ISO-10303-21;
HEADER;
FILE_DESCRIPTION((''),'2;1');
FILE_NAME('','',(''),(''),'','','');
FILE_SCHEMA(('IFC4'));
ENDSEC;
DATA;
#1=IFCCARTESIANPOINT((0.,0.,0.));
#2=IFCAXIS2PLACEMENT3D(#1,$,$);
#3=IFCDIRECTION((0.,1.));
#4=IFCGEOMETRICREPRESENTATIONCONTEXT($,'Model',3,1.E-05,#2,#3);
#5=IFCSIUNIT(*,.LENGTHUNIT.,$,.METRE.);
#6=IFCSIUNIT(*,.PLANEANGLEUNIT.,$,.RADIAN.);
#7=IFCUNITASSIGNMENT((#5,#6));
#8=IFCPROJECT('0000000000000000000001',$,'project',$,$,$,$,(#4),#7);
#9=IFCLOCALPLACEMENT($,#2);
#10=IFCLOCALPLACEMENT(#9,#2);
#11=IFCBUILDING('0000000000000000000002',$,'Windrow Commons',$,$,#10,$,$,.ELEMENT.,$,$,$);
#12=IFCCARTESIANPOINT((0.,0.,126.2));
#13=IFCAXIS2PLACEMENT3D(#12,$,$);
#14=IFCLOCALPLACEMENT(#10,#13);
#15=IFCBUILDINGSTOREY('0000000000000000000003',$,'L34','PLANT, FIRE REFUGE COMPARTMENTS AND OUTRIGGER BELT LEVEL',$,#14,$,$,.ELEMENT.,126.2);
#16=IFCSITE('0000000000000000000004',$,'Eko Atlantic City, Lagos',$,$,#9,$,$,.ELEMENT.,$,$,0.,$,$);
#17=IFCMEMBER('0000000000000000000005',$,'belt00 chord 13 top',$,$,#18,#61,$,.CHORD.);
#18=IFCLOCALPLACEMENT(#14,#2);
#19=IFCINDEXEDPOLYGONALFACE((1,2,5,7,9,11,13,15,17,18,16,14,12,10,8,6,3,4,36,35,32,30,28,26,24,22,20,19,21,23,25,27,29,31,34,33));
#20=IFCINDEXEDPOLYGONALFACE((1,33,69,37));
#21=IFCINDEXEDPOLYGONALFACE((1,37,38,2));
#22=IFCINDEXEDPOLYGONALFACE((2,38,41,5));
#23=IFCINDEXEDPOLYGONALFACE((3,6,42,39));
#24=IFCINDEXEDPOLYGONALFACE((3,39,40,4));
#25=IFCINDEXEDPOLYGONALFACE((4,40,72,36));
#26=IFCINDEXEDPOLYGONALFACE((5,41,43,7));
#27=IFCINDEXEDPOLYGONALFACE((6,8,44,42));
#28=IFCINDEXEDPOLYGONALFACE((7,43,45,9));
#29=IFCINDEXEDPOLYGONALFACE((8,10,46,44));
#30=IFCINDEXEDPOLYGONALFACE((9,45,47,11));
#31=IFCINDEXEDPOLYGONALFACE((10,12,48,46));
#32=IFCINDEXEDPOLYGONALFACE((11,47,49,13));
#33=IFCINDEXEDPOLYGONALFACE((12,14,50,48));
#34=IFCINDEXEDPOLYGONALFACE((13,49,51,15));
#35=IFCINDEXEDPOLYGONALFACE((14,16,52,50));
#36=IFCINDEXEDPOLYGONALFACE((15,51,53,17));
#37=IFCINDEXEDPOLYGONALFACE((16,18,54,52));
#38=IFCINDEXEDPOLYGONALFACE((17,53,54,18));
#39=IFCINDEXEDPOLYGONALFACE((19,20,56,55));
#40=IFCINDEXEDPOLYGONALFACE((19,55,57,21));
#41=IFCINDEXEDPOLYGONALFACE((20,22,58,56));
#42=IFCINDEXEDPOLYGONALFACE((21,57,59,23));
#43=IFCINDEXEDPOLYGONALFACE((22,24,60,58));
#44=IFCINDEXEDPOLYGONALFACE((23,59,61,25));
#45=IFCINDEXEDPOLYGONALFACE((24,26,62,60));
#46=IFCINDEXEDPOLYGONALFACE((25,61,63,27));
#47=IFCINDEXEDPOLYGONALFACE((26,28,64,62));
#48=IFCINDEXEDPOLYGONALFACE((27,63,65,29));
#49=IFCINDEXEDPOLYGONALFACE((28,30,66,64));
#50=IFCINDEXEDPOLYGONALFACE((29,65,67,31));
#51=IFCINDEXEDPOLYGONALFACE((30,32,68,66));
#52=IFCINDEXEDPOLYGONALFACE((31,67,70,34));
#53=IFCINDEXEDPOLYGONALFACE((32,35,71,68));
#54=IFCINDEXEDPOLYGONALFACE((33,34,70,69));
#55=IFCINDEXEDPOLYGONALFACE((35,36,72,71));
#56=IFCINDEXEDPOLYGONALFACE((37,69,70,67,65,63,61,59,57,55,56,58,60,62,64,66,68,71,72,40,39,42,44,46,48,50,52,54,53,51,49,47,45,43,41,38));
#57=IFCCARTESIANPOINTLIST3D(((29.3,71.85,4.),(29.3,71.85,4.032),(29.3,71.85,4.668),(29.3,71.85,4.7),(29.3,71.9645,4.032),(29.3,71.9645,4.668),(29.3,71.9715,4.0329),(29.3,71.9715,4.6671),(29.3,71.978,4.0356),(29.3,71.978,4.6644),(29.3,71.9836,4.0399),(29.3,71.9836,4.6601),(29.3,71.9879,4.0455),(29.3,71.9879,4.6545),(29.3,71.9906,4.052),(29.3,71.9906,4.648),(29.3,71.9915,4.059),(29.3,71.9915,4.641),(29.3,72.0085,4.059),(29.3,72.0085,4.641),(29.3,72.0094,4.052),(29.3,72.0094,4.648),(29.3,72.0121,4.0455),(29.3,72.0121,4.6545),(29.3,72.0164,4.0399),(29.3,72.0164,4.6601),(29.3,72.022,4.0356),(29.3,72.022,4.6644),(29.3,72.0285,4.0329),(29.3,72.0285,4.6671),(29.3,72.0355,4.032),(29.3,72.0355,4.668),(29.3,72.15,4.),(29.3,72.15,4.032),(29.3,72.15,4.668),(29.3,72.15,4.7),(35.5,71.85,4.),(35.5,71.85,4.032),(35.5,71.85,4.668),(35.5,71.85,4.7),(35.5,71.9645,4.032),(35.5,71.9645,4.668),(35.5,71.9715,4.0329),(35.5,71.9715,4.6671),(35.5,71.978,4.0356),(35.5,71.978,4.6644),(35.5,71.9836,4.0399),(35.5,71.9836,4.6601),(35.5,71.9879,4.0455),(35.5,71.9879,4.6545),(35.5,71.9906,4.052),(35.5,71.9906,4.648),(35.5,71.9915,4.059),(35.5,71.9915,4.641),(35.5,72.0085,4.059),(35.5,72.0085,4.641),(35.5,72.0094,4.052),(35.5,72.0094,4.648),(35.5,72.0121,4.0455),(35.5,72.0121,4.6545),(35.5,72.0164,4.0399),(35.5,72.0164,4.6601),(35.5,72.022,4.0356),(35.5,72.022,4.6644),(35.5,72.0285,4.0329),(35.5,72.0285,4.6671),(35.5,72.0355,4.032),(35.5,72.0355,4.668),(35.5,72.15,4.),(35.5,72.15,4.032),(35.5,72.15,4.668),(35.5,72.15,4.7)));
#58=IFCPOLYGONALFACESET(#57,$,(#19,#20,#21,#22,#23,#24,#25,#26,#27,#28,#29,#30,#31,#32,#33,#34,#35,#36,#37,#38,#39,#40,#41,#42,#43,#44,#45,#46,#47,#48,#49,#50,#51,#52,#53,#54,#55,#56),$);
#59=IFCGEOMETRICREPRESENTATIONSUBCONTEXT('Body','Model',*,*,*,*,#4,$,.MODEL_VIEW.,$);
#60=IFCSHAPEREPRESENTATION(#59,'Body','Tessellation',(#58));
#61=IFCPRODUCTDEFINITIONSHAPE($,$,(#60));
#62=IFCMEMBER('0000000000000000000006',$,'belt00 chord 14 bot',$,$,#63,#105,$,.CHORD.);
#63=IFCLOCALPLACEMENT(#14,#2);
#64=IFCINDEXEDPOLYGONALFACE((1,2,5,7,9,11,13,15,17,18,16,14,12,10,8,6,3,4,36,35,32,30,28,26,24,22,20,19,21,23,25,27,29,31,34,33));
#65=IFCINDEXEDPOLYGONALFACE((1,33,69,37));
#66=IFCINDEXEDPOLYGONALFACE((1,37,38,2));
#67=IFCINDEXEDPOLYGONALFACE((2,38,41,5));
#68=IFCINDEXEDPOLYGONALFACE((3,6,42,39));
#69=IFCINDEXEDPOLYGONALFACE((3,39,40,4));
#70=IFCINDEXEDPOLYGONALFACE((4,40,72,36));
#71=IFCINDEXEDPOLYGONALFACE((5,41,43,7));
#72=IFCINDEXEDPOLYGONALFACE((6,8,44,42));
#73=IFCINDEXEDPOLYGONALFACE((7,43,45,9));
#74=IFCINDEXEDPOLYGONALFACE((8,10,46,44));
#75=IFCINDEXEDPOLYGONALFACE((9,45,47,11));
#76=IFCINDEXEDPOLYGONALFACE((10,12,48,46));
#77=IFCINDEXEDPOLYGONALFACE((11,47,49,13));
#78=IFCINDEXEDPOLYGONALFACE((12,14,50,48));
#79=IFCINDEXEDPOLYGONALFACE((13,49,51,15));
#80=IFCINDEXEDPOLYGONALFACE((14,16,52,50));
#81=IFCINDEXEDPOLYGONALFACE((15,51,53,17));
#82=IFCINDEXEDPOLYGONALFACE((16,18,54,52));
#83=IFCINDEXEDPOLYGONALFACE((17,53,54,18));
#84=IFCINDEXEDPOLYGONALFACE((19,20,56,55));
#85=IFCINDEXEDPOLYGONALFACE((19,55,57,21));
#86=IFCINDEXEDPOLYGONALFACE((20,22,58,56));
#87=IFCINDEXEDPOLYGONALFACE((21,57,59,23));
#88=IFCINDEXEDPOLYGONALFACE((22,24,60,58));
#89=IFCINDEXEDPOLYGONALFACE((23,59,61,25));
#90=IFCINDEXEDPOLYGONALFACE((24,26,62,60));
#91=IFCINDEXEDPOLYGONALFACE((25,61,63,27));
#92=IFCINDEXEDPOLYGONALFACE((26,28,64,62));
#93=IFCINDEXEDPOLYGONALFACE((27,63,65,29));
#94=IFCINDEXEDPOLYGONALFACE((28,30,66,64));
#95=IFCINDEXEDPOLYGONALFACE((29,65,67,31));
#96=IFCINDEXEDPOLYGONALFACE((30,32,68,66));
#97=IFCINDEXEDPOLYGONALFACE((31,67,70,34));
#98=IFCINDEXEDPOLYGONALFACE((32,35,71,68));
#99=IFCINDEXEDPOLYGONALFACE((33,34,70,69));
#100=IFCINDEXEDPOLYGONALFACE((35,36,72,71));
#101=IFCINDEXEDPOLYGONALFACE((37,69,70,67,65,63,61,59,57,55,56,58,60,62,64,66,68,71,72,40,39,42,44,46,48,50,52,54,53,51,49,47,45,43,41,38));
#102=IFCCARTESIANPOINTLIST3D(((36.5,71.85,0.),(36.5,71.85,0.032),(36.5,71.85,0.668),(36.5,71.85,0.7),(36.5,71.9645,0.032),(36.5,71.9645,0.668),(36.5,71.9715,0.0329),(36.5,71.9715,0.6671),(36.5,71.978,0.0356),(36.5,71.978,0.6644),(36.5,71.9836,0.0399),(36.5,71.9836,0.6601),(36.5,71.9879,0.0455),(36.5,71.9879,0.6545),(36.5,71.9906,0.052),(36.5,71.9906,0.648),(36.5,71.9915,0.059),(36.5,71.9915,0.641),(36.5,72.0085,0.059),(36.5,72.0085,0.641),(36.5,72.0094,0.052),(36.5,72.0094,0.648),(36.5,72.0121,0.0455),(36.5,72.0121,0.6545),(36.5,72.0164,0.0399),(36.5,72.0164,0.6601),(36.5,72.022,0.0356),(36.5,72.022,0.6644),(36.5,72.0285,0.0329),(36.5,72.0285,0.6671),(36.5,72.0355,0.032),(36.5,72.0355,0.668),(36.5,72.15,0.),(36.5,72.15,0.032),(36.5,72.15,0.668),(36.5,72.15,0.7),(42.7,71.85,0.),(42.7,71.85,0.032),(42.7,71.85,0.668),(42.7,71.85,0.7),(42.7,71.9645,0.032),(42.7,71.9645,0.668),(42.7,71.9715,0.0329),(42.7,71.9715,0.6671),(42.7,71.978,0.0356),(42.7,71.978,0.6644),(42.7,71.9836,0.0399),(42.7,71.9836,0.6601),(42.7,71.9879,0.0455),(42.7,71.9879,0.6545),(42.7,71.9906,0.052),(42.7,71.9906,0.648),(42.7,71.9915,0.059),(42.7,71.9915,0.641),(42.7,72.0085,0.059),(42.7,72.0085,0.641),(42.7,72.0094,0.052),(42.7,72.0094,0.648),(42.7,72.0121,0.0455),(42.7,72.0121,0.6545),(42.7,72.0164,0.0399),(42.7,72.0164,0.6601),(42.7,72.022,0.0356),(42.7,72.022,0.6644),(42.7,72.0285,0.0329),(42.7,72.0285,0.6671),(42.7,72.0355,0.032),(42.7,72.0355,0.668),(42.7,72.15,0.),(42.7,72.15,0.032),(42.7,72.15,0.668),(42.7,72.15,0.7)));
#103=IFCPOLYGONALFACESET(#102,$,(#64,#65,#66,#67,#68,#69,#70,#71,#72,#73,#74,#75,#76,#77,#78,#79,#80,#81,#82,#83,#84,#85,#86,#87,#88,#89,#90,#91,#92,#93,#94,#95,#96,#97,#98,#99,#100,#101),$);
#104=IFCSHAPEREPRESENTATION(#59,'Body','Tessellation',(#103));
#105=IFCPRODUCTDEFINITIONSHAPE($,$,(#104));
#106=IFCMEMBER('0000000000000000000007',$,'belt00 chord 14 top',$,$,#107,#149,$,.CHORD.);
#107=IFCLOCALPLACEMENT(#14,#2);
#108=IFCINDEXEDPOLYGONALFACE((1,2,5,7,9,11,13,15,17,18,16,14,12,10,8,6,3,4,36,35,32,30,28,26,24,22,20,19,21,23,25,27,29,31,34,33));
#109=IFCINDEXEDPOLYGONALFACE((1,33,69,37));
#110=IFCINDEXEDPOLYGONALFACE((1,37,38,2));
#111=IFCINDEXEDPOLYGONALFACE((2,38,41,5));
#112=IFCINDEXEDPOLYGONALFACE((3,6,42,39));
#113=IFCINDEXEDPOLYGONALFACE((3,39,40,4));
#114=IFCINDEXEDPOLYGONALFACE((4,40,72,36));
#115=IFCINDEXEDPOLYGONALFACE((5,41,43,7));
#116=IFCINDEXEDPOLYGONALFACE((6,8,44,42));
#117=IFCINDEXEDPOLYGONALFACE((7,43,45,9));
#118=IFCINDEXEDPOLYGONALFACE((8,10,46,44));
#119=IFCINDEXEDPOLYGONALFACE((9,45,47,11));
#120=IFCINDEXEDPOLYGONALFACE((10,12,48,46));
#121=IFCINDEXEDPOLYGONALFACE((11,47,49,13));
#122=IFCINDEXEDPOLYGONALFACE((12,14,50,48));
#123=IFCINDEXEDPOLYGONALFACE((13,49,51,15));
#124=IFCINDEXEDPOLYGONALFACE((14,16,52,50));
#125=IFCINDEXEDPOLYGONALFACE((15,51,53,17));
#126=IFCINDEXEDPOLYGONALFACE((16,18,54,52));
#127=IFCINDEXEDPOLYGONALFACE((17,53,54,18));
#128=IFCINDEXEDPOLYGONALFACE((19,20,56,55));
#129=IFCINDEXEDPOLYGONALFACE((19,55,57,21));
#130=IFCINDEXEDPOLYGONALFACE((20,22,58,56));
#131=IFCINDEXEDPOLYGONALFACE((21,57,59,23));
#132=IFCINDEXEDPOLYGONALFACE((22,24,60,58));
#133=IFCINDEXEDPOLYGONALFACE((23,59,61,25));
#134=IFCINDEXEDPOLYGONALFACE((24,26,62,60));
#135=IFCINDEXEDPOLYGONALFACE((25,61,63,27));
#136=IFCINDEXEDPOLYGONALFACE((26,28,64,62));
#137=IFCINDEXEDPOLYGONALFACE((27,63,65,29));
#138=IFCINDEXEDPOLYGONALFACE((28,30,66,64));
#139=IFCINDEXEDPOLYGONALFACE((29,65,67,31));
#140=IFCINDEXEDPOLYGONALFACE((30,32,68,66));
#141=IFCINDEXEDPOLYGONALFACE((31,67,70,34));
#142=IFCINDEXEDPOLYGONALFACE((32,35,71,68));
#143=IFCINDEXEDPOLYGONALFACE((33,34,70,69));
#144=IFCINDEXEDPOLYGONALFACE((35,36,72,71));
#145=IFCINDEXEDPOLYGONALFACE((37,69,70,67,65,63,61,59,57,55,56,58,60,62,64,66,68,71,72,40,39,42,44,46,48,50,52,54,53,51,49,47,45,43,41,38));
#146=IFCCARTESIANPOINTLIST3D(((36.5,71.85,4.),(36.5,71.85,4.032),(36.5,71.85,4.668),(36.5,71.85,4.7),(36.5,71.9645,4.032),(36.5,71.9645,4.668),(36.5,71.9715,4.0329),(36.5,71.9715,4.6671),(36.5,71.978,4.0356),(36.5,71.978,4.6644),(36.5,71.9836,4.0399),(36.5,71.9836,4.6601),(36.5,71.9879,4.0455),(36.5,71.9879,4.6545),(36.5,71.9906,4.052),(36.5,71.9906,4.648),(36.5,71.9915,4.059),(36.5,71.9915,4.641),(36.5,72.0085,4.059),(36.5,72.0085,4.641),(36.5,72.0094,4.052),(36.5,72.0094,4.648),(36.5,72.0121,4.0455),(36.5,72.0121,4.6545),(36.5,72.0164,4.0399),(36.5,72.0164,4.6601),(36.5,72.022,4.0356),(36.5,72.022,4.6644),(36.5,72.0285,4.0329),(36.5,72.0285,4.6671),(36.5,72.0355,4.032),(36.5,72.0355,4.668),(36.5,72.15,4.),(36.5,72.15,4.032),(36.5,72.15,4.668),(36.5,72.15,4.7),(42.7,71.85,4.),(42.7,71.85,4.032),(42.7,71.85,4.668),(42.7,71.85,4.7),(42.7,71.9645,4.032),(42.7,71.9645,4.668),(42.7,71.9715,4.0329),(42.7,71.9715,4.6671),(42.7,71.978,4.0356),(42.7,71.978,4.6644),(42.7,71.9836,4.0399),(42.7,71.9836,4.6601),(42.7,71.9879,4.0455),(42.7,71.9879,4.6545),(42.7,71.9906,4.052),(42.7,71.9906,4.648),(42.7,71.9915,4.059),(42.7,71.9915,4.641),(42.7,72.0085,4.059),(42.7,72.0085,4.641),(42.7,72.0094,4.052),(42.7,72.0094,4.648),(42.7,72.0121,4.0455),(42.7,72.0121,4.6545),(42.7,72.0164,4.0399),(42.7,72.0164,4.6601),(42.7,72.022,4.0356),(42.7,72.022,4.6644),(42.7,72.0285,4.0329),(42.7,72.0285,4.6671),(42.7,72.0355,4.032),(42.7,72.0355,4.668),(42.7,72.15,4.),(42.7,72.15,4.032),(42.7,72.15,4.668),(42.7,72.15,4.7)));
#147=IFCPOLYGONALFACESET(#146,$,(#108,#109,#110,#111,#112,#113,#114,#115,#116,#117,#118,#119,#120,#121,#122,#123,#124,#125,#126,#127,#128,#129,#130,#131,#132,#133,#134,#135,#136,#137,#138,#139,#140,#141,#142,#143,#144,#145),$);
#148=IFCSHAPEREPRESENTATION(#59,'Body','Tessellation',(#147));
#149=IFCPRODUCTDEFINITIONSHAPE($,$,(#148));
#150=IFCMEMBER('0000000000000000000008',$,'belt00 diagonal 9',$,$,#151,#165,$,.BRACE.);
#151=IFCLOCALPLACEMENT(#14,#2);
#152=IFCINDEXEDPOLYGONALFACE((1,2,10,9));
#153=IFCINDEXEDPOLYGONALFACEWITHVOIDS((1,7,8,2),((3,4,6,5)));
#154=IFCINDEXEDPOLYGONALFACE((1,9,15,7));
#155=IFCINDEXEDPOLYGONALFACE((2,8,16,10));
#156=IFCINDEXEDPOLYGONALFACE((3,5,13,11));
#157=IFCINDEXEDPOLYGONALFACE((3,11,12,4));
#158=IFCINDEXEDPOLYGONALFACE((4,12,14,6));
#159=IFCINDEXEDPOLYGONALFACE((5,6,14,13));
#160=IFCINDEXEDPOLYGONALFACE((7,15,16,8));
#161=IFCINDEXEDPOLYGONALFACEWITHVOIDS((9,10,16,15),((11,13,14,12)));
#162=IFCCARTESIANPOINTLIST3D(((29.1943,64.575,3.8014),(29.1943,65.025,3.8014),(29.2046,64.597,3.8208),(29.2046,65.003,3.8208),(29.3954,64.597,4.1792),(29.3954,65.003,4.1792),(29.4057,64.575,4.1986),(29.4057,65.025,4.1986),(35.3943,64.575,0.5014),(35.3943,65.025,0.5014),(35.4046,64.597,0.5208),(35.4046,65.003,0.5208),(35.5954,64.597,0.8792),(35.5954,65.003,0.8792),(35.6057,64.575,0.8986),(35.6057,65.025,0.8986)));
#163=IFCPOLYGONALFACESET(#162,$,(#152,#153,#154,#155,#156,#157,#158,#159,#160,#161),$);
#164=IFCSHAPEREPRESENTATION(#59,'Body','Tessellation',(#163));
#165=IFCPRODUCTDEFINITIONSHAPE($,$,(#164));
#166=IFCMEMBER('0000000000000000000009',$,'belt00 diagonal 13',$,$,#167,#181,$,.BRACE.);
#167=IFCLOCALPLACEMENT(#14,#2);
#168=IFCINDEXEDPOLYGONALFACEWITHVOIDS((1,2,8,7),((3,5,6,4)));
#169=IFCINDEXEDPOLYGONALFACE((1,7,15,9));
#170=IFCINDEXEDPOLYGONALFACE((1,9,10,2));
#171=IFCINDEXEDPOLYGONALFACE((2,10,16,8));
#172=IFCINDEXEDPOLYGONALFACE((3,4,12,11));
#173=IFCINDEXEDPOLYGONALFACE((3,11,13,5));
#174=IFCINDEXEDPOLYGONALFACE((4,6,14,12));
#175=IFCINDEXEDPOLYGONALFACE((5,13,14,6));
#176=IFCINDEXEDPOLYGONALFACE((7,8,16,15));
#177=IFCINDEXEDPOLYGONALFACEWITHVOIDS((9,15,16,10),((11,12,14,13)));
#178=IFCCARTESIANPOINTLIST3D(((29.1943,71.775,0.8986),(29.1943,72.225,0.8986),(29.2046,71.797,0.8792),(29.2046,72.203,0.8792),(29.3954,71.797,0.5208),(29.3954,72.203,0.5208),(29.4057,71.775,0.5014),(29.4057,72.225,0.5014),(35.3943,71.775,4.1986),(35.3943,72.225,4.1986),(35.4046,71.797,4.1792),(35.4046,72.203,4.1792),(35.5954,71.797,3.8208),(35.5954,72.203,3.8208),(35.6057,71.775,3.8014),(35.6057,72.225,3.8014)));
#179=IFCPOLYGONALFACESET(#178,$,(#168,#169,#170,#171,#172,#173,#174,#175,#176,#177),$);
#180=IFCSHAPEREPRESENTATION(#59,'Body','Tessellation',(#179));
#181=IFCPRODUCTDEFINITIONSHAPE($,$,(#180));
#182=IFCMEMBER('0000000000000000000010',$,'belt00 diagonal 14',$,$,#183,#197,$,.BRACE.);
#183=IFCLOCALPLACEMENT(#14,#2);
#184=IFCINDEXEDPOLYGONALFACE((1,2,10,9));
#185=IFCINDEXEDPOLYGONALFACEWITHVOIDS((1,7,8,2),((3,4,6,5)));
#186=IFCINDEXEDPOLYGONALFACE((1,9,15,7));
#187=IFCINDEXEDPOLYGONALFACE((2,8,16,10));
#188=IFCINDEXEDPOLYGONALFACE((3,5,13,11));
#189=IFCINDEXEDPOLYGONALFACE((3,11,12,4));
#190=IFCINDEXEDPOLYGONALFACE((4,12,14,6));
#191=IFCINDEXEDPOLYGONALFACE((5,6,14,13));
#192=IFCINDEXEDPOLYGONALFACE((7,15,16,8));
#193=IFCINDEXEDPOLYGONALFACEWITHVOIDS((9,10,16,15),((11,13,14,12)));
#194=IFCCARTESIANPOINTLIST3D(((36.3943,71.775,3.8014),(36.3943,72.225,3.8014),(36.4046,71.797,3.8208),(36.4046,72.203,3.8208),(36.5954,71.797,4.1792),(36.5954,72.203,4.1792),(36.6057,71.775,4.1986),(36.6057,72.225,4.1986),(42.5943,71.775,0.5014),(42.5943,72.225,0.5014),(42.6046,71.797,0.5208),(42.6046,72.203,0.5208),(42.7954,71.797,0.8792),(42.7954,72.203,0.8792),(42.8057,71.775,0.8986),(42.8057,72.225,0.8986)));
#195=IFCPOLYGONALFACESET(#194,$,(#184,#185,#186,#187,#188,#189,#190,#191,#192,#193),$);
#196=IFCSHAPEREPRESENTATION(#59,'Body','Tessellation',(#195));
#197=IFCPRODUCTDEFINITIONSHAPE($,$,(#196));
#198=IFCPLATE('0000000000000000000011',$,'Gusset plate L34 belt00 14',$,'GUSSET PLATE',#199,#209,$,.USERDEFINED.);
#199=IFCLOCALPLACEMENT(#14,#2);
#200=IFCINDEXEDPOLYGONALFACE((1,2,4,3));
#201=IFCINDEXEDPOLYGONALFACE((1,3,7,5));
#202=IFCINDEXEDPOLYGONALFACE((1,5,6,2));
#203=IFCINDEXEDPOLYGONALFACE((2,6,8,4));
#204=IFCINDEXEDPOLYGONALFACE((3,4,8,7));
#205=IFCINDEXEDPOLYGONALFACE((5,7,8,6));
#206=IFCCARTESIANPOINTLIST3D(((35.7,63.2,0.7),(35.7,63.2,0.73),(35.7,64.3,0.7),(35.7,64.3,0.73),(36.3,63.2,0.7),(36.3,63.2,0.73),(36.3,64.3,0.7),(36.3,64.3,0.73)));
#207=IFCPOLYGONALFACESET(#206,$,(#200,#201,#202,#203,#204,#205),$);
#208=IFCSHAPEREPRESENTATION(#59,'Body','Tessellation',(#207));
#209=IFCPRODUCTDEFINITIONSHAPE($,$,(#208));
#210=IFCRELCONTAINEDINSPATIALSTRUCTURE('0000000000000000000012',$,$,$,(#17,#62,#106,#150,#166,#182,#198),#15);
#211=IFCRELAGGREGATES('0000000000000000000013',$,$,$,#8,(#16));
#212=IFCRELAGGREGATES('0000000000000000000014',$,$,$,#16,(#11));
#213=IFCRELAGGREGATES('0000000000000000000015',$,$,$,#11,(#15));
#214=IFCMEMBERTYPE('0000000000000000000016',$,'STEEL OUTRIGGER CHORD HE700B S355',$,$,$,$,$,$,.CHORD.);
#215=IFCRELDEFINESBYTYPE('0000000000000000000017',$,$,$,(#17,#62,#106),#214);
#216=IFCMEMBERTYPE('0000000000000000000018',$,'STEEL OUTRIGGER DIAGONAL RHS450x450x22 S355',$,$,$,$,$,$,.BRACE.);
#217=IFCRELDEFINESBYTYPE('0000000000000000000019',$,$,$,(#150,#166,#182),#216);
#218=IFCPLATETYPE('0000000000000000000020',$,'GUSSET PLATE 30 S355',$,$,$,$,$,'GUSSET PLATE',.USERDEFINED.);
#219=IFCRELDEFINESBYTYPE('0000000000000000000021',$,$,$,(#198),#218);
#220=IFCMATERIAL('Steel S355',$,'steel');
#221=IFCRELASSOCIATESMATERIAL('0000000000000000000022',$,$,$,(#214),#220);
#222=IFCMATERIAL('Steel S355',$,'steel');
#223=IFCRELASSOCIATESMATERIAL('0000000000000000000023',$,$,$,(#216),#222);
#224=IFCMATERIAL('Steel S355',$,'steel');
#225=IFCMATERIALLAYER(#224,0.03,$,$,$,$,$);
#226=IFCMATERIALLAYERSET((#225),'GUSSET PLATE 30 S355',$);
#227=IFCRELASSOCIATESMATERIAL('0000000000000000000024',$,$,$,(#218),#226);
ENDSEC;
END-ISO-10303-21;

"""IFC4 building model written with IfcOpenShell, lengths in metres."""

from ifc_helpers import new_model, si_unit, direction, frame, origin, origin_2d, place, context, subcontext, project, spatial, rectangle, hollow_rectangle, i_section, extrude, material, layer, layer_set, material_profile, profile_set, type_object, element, save


model = new_model("IFC4")

# Units and contexts
model_context = context("Model", 3, precision=1e-05, world=origin(), true_north=direction((0.0, 1.0)))
body_context = subcontext(model_context, "Body", "Model", "MODEL_VIEW")
ifc_project = project(units=[si_unit("LENGTHUNIT", "METRE"), si_unit("PLANEANGLEUNIT", "RADIAN")], contexts=[model_context])

# Site, building, storey
site_placement = place(None, origin())
site = spatial("IfcSite", under=ifc_project, at=site_placement, Name="Eko Atlantic City, Lagos", CompositionType="ELEMENT", RefElevation=0.0)
building_placement = place(site_placement, origin())
building = spatial("IfcBuilding", under=site, at=building_placement, Name="Windrow Commons", CompositionType="ELEMENT")
storey_placement = place(building_placement, frame((0.0, 0.0, 126.2)))
storey = spatial("IfcBuildingStorey", under=building, at=storey_placement, Name="L34", Description="PLANT, FIRE REFUGE COMPARTMENTS AND OUTRIGGER BELT LEVEL", CompositionType="ELEMENT", Elevation=126.2)

# Members
ifc_material_1 = material(Name="Steel S355", Category="steel")
ifc_material_profile_1 = material_profile(ifc_material_1, i_section(OverallWidth=0.3, OverallDepth=0.7, WebThickness=0.017, FlangeThickness=0.032, FilletRadius=0.027, at=origin_2d()))
ifc_profile_set_1 = profile_set([ifc_material_profile_1], Name="Steel S355")
member_type_1 = type_object("IfcMemberType", Name="STEEL OUTRIGGER CHORD HE700B S355", PredefinedType="CHORD", material=ifc_profile_set_1)
for number, where, z_axis, x_axis, name in (
    (1, (29.3, 72.0, 4.35), (1.0, 0.0, 0.0), (0.0, 1.0, 0.0), "belt00 chord 13 top"),
    (2, (36.5, 72.0, 0.35), (1.0, 0.0, 0.0), (0.0, 1.0, 0.0), "belt00 chord 14 bot"),
    (3, (36.5, 72.0, 4.35), (1.0, 0.0, 0.0), (0.0, 1.0, 0.0), "belt00 chord 14 top"),
):
    element("IfcMember", number, at=place(storey_placement, frame(where, z_axis=z_axis, x_axis=x_axis)), inside=storey, type_object=member_type_1, Name=name, PredefinedType="CHORD", context=body_context, shape_type="SweptSolid", body=[
        extrude(i_section(OverallWidth=0.3, OverallDepth=0.7, WebThickness=0.017, FlangeThickness=0.032, FilletRadius=0.027, at=origin_2d()), origin(), (0.0, 0.0, 1.0), 6.2),
    ])
ifc_material_2 = material(Name="Steel S355", Category="steel")
ifc_material_profile_2 = material_profile(ifc_material_2, hollow_rectangle(XDim=0.45, YDim=0.45, WallThickness=0.022, at=origin_2d()))
ifc_profile_set_2 = profile_set([ifc_material_profile_2], Name="Steel S355")
member_type_2 = type_object("IfcMemberType", Name="STEEL OUTRIGGER DIAGONAL RHS450x450x22 S355", PredefinedType="BRACE", material=ifc_profile_set_2)
for number, where, z_axis, x_axis, name in (
    (4, (35.5, 64.8, 0.7), (-0.882747, 0.0, 0.469849), (0.0, -1.0, 0.0), "belt00 diagonal 9"),
    (5, (29.3, 72.0, 0.7), (0.882747, 0.0, 0.469849), (0.0, 1.0, 0.0), "belt00 diagonal 13"),
    (6, (36.5, 72.0, 4.0), (0.882747, 0.0, -0.469849), (0.0, 1.0, 0.0), "belt00 diagonal 14"),
):
    element("IfcMember", number, at=place(storey_placement, frame(where, z_axis=z_axis, x_axis=x_axis)), inside=storey, type_object=member_type_2, Name=name, PredefinedType="BRACE", context=body_context, shape_type="SweptSolid", body=[
        extrude(hollow_rectangle(XDim=0.45, YDim=0.45, WallThickness=0.022, at=origin_2d()), origin(), (0.0, 0.0, 1.0), 7.0235),
    ])

# Plate
ifc_material_3 = material(Name="Steel S355", Category="steel")
ifc_layer_1 = layer(ifc_material_3, 0.03)
ifc_layer_set_1 = layer_set([ifc_layer_1], Name="GUSSET PLATE 30 S355")
plate_type = type_object("IfcPlateType", Name="GUSSET PLATE 30 S355", ElementType="GUSSET PLATE", PredefinedType="USERDEFINED", material=ifc_layer_set_1)
for number, where, z_axis, x_axis, name in (
    (7, (36.0, 63.75, 0.7), (0.0, 0.0, 1.0), (0.0, 1.0, 0.0), "Gusset plate L34 belt00 14"),
):
    element("IfcPlate", number, at=place(storey_placement, frame(where, z_axis=z_axis, x_axis=x_axis)), inside=storey, type_object=plate_type, Name=name, ObjectType="GUSSET PLATE", PredefinedType="USERDEFINED", context=body_context, shape_type="SweptSolid", body=[
        extrude(rectangle(XDim=1.1, YDim=0.6, at=origin_2d()), origin(), (0.0, 0.0, 1.0), 0.03),
    ])

save(model, "model.ifc")
